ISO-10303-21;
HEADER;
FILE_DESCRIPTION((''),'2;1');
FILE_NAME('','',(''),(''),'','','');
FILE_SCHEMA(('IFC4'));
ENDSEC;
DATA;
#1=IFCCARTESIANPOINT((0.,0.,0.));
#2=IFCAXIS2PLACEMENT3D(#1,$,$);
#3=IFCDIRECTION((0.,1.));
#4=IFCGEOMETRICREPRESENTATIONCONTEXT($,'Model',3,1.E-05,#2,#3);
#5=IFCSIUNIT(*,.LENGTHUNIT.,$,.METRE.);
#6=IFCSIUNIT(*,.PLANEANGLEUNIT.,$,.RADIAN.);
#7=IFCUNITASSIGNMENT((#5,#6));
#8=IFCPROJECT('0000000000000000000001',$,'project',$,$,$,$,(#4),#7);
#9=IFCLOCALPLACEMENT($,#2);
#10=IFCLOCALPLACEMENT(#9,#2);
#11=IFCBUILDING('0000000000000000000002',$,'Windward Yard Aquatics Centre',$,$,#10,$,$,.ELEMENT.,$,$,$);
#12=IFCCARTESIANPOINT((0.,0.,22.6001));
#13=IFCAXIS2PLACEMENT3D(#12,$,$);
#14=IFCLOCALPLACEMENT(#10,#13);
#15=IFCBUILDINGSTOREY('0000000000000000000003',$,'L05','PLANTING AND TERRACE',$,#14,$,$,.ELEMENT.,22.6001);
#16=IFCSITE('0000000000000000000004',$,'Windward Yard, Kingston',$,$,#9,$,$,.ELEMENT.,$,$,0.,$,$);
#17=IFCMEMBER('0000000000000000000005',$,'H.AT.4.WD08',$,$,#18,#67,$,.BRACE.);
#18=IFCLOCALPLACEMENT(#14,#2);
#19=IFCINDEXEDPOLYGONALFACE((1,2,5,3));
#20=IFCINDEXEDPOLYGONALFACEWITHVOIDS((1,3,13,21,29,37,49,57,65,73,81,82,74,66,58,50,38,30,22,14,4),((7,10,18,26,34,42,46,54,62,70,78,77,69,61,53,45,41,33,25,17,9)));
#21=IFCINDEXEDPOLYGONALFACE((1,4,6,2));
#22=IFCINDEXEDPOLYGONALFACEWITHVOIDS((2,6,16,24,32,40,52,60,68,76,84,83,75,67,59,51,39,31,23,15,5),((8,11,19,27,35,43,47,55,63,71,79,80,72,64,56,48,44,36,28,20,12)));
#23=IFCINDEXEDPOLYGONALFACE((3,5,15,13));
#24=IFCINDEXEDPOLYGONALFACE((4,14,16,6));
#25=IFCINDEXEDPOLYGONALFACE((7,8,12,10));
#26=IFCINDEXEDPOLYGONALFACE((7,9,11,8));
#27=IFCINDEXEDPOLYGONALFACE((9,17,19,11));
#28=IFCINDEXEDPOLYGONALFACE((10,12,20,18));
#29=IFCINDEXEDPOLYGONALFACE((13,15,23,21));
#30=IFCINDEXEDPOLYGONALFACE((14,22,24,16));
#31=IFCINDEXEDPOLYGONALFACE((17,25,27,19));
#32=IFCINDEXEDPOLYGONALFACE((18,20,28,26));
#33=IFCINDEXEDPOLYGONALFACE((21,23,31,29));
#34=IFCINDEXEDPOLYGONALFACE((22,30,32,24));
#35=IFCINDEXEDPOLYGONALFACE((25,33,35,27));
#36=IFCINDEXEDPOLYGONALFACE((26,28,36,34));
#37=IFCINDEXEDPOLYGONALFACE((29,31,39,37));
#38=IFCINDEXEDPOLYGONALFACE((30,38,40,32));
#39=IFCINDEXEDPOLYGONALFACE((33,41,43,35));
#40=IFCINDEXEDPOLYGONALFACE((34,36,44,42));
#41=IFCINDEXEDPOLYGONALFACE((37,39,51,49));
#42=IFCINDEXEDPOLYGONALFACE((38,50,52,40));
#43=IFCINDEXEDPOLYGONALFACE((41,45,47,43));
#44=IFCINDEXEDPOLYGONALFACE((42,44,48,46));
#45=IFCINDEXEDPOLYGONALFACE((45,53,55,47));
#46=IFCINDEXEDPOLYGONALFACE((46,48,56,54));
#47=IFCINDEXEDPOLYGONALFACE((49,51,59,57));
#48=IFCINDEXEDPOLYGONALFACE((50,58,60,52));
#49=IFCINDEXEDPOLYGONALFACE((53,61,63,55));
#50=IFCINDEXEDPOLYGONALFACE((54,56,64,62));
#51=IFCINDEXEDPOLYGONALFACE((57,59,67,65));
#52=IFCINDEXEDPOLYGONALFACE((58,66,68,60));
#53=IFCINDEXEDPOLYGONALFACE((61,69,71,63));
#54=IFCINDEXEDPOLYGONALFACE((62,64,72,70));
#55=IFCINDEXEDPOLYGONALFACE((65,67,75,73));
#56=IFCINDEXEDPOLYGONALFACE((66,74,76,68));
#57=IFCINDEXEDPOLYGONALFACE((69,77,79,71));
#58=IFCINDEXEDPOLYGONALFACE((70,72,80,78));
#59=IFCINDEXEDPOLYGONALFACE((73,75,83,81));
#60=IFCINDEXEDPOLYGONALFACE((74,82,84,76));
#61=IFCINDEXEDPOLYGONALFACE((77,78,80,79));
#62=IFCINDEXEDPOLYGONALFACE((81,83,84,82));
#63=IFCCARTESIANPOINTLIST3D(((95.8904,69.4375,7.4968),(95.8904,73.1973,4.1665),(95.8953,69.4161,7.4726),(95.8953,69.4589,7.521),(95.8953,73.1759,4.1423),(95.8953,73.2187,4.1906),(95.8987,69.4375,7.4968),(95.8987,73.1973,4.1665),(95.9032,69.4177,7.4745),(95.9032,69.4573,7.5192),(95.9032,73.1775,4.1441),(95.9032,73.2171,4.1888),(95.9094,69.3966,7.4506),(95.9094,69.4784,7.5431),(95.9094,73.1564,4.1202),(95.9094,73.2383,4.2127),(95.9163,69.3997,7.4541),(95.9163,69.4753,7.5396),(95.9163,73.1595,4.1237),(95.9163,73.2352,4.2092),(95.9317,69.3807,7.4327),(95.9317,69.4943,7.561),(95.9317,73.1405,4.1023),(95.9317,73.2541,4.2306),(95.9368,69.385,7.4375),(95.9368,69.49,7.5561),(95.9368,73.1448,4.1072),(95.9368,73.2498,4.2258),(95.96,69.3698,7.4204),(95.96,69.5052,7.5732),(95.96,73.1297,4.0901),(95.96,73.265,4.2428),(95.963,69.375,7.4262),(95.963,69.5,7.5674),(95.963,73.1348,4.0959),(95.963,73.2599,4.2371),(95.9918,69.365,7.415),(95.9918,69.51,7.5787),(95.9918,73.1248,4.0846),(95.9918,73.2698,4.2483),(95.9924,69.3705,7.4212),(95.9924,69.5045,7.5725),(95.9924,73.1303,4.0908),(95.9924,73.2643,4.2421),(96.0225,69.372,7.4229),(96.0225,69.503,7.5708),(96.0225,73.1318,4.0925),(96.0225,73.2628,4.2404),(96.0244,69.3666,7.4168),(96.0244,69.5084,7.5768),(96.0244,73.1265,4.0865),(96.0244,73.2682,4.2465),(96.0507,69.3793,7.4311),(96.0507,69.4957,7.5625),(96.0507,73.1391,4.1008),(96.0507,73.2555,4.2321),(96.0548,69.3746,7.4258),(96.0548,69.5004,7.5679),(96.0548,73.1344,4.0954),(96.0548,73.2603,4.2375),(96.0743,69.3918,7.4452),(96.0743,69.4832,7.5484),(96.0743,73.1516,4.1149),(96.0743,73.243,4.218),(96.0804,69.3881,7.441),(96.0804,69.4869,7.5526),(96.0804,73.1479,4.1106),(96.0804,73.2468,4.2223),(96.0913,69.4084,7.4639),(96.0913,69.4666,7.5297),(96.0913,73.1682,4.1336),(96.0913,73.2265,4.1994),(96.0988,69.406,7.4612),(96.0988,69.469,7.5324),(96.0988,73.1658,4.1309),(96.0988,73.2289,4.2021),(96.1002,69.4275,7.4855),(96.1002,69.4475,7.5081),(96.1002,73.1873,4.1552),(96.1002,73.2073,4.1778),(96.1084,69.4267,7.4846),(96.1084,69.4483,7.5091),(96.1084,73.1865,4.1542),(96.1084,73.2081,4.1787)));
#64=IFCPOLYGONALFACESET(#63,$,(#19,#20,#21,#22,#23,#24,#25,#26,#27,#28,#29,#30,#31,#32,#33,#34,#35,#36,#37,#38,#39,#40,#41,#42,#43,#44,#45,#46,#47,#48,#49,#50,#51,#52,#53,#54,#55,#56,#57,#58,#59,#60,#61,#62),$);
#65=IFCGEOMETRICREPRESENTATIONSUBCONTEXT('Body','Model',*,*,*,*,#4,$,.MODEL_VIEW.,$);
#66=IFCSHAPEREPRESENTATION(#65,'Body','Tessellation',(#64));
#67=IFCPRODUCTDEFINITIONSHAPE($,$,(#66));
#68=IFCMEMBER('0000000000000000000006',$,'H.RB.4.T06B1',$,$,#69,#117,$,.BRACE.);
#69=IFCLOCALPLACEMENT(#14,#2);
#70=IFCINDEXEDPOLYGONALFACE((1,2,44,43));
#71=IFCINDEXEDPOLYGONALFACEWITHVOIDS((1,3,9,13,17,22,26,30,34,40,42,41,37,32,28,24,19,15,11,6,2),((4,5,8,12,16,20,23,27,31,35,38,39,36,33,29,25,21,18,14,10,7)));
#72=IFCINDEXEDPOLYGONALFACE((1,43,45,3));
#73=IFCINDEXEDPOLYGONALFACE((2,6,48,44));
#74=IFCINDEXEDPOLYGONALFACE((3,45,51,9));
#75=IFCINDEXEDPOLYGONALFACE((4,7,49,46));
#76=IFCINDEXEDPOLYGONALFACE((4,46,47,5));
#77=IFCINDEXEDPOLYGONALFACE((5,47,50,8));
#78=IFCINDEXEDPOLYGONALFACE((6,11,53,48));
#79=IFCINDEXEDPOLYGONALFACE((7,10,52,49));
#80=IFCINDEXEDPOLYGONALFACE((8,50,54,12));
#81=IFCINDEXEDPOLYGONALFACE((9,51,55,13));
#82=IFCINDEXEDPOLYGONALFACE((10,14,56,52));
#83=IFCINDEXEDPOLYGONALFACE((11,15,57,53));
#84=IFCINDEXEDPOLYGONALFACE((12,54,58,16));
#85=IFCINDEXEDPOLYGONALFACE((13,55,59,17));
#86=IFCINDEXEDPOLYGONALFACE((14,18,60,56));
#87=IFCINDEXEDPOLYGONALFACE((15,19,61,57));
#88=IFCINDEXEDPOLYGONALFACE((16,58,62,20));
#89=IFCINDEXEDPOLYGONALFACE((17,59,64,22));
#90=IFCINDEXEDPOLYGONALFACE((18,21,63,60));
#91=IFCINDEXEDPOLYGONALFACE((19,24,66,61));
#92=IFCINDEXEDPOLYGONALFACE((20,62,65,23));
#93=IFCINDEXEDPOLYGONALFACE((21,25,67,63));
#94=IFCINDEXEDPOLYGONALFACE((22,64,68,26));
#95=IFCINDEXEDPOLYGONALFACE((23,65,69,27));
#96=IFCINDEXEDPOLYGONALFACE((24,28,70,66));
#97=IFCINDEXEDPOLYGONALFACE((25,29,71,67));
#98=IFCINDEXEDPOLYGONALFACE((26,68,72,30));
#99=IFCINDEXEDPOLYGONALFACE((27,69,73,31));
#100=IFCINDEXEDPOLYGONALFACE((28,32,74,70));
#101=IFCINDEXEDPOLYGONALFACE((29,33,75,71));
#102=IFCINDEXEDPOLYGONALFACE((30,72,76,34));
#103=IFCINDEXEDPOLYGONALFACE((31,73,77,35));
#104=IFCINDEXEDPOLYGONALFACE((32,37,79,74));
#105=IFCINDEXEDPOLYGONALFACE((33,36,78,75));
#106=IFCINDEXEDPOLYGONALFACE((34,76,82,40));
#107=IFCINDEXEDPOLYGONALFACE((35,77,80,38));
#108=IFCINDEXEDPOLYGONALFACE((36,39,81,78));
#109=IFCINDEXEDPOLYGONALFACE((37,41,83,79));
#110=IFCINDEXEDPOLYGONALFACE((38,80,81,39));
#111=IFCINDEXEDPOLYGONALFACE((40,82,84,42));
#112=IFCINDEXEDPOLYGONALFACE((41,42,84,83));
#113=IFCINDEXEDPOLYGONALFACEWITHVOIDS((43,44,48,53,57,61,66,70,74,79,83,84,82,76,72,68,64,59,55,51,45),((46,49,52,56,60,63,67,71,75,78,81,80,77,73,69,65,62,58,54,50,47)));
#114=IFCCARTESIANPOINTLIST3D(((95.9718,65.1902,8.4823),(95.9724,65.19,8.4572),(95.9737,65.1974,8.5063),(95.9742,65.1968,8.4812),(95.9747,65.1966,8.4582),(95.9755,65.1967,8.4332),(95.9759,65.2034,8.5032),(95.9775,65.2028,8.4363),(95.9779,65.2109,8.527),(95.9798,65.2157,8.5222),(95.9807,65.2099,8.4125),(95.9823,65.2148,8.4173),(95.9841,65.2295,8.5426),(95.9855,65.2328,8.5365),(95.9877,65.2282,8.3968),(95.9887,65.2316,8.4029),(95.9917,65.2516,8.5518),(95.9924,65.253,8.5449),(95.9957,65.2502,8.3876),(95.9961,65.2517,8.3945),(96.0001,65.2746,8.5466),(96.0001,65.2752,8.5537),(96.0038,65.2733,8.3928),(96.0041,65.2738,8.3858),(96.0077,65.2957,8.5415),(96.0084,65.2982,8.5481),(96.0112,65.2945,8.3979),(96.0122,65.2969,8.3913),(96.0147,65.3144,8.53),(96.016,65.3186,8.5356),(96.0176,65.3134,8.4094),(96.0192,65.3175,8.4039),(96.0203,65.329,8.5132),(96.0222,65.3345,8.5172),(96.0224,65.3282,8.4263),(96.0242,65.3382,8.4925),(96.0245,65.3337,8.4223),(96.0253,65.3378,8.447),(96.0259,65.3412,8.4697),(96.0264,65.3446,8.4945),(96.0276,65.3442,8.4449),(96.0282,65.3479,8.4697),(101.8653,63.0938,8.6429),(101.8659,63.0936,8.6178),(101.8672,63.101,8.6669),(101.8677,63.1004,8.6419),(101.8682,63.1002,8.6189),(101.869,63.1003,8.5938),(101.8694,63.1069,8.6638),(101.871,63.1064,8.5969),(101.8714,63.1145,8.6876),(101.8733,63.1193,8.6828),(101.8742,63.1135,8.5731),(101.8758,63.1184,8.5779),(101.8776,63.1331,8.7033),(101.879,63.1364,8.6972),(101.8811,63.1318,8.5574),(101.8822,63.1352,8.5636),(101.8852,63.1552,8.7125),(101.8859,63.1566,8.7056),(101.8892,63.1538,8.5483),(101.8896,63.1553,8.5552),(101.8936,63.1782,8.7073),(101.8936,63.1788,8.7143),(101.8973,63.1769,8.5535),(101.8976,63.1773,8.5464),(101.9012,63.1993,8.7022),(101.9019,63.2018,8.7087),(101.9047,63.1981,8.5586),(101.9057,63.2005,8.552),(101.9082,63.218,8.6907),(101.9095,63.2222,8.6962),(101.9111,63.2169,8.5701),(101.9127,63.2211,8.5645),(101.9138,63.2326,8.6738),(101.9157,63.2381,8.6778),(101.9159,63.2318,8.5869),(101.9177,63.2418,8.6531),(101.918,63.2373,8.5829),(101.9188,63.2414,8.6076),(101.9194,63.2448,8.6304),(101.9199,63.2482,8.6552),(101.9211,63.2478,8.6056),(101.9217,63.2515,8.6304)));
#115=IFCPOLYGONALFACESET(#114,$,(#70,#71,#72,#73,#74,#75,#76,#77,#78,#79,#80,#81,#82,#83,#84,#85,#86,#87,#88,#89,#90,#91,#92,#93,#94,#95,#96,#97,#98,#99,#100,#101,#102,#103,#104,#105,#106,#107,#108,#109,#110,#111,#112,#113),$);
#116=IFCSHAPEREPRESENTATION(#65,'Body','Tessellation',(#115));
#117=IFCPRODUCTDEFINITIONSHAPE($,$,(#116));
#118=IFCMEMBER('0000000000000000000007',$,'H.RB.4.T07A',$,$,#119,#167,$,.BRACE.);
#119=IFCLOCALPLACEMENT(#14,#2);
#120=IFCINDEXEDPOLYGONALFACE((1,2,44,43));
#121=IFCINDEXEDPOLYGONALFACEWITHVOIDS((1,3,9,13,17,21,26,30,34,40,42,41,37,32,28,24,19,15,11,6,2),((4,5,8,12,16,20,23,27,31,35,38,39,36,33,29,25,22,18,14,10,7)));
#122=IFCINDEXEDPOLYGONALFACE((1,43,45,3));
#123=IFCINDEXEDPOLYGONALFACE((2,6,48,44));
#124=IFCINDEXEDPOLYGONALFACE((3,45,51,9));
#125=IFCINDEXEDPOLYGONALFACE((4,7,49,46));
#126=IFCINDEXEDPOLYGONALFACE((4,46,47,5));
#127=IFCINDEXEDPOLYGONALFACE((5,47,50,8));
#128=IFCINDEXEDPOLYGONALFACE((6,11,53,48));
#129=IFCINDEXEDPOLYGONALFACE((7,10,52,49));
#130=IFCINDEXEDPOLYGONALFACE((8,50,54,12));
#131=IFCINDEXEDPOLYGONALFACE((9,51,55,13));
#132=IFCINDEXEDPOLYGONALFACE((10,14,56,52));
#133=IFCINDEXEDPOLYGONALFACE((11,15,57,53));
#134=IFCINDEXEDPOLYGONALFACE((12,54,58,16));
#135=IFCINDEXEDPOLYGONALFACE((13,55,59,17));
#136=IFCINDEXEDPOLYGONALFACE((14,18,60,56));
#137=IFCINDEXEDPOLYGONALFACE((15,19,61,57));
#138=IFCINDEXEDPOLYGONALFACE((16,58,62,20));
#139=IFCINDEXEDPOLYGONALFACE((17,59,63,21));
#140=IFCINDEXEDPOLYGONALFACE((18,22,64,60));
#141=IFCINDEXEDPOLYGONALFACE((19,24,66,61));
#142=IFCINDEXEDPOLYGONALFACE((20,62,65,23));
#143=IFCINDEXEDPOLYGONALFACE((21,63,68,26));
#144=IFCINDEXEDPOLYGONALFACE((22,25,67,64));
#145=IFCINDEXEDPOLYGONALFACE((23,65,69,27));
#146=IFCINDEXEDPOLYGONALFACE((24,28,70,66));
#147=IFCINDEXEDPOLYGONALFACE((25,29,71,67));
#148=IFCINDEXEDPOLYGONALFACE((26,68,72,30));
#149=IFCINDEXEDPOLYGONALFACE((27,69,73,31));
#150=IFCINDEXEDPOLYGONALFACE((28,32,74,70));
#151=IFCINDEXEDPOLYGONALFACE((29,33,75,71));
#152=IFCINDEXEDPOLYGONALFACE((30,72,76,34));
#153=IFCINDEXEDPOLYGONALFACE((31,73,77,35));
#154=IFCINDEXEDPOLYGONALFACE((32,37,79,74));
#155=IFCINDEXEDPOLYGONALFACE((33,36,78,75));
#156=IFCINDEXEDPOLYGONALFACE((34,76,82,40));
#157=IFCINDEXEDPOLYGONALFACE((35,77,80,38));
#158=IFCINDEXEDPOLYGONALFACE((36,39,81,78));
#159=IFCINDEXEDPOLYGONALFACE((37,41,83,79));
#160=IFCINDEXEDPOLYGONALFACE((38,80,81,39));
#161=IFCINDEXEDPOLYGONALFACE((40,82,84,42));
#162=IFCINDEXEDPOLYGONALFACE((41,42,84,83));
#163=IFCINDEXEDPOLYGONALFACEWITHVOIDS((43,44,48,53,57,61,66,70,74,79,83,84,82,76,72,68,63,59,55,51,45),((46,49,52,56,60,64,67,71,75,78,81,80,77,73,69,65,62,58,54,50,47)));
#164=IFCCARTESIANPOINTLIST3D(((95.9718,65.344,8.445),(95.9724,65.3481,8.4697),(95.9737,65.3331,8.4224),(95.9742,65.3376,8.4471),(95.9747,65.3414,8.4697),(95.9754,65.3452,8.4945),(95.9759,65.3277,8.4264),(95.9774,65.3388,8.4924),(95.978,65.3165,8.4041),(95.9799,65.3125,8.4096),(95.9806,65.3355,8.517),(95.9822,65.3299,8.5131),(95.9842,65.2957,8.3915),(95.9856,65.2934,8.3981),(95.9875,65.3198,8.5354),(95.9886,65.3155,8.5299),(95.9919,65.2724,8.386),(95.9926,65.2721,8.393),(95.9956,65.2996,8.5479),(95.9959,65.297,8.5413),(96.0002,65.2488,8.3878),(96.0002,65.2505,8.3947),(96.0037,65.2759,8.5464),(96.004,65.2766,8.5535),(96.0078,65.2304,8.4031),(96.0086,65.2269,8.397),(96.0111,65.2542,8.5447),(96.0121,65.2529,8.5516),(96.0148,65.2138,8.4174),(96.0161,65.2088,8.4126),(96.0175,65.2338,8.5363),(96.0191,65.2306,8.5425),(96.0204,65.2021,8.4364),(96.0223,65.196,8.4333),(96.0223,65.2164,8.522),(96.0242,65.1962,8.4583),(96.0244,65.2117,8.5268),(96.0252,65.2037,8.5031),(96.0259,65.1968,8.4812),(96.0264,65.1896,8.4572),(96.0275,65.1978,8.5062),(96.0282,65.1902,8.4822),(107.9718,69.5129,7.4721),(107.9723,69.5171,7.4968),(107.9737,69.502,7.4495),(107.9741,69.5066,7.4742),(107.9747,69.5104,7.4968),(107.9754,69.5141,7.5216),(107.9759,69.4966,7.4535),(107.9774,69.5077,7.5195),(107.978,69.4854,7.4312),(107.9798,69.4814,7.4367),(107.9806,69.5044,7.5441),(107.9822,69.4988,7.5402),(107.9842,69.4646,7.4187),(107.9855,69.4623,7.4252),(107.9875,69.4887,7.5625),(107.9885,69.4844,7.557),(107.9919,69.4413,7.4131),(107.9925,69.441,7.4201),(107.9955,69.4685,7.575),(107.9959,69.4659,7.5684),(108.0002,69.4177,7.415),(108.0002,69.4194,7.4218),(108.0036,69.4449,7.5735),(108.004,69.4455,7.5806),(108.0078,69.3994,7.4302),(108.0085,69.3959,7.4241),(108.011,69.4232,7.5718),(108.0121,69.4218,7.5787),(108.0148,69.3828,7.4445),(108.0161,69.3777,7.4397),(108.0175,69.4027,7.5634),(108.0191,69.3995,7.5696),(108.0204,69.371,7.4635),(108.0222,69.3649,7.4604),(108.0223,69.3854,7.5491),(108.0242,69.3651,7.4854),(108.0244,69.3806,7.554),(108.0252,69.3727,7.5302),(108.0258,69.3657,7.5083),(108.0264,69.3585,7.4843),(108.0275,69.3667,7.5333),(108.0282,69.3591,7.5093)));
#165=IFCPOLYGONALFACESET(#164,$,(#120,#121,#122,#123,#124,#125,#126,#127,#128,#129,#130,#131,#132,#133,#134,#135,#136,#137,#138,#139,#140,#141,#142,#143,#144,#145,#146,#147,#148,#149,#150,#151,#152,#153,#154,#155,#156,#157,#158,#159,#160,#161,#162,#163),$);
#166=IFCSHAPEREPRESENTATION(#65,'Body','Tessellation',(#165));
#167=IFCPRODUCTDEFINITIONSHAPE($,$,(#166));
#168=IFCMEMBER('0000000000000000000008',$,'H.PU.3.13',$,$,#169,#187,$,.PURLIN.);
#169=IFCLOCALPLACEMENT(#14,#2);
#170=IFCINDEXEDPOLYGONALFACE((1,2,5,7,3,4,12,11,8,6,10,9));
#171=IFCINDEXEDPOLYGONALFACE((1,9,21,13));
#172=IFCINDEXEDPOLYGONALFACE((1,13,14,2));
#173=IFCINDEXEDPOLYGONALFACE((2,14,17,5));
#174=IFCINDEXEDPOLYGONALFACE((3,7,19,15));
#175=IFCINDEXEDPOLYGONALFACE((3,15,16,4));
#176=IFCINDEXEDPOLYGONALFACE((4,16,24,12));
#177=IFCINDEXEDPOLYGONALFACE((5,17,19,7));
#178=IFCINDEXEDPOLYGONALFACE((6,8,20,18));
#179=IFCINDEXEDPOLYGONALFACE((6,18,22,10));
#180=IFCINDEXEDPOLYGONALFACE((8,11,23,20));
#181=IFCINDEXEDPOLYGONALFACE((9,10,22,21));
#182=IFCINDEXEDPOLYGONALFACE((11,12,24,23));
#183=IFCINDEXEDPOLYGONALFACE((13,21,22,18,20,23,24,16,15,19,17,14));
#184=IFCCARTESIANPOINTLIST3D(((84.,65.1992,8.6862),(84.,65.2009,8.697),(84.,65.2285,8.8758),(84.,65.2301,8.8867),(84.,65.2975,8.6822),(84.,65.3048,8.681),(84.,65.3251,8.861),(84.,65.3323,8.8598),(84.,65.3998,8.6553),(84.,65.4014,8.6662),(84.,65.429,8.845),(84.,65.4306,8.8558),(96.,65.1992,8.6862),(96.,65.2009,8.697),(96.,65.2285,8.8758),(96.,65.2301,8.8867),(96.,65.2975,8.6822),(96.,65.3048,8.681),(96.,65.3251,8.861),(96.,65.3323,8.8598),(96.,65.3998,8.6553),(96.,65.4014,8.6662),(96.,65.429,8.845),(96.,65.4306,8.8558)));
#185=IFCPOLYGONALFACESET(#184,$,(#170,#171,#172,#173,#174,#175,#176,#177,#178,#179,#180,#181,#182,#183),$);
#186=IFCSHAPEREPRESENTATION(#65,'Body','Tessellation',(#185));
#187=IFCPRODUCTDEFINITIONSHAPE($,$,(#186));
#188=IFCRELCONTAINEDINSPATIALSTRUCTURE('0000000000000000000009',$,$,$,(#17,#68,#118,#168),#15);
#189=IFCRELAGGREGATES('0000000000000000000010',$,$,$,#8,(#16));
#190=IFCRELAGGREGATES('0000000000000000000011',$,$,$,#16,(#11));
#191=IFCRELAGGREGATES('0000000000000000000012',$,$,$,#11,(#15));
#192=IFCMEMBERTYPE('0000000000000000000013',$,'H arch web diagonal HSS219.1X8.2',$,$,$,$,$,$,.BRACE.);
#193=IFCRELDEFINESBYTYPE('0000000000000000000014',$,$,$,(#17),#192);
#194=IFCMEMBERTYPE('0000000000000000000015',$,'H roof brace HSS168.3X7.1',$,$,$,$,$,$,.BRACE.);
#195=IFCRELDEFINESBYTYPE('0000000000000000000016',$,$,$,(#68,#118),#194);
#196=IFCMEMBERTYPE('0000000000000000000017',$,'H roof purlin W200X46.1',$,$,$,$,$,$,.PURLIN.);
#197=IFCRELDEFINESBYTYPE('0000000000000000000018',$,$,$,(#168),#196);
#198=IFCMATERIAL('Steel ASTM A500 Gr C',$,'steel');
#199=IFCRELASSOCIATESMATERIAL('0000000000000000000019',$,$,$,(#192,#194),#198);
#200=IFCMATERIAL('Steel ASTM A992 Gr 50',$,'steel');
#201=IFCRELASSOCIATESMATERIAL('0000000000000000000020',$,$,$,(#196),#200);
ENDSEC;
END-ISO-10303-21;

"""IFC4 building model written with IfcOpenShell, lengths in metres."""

from ifc_helpers import new_model, si_unit, direction, frame, origin, origin_2d, place, context, subcontext, project, spatial, hollow_circle, i_section, extrude, material, material_profile, profile_set, type_object, element, save


model = new_model("IFC4")

# Units and contexts
model_context = context("Model", 3, precision=1e-05, world=origin(), true_north=direction((0.0, 1.0)))
body_context = subcontext(model_context, "Body", "Model", "MODEL_VIEW")
ifc_project = project(units=[si_unit("LENGTHUNIT", "METRE"), si_unit("PLANEANGLEUNIT", "RADIAN")], contexts=[model_context])

# Site, building, storey
site_placement = place(None, origin())
site = spatial("IfcSite", under=ifc_project, at=site_placement, Name="Windward Yard, Kingston", CompositionType="ELEMENT", RefElevation=0.0)
building_placement = place(site_placement, origin())
building = spatial("IfcBuilding", under=site, at=building_placement, Name="Windward Yard Aquatics Centre", CompositionType="ELEMENT")
storey_placement = place(building_placement, frame((0.0, 0.0, 22.6001)))
storey = spatial("IfcBuildingStorey", under=building, at=storey_placement, Name="L05", Description="PLANTING AND TERRACE", CompositionType="ELEMENT", Elevation=22.6001)

# Members
ifc_material_1 = material(Name="Steel ASTM A500 Gr C", Category="steel")
ifc_material_profile_1 = material_profile(ifc_material_1, hollow_circle(Radius=0.1096, WallThickness=0.0083, at=origin_2d()), Name="HSS219.1X8.2")
ifc_profile_set_1 = profile_set([ifc_material_profile_1], Name="Steel ASTM A500 Gr C")
member_type_1 = type_object("IfcMemberType", Name="H arch web diagonal HSS219.1X8.2", PredefinedType="BRACE", material=ifc_profile_set_1)
member_1_placement = place(storey_placement, frame((96.0, 69.4375, 7.4968), z_axis=(0.0, 0.748564, -0.663062), x_axis=(-1.0, 0.0, 0.0)))
element("IfcMember", 1, at=member_1_placement, inside=storey, type_object=member_type_1, Name="H.AT.4.WD08", PredefinedType="BRACE", context=body_context, shape_type="SweptSolid", body=[
    extrude(hollow_circle(Radius=0.1096, WallThickness=0.0083, at=origin_2d()), origin(), (0.0, 0.0, 1.0), 5.0227),
])
ifc_material_profile_2 = material_profile(ifc_material_1, hollow_circle(Radius=0.0842, WallThickness=0.0071, at=origin_2d()), Name="HSS168.3X7.1")
ifc_profile_set_2 = profile_set([ifc_material_profile_2], Name="Steel ASTM A500 Gr C")
member_type_2 = type_object("IfcMemberType", Name="H roof brace HSS168.3X7.1", PredefinedType="BRACE", material=ifc_profile_set_2)
member_2_placement = place(storey_placement, frame((96.0, 65.2686, 8.4697), z_axis=(0.941856, -0.335034, 0.025673), x_axis=(0.335144, 0.942167, 0.0)))
element("IfcMember", 2, at=member_2_placement, inside=storey, type_object=member_type_2, Name="H.RB.4.T06B1", PredefinedType="BRACE", context=body_context, shape_type="SweptSolid", body=[
    extrude(hollow_circle(Radius=0.0842, WallThickness=0.0071, at=origin_2d()), origin(), (0.0, 0.0, 1.0), 6.2573),
])
member_3_placement = place(storey_placement, frame((96.0, 65.2686, 8.4697), z_axis=(0.94186, 0.327214, -0.076361), x_axis=(-0.328172, 0.944618, 0.0)))
element("IfcMember", 3, at=member_3_placement, inside=storey, type_object=member_type_2, Name="H.RB.4.T07A", PredefinedType="BRACE", context=body_context, shape_type="SweptSolid", body=[
    extrude(hollow_circle(Radius=0.0842, WallThickness=0.0071, at=origin_2d()), origin(), (0.0, 0.0, 1.0), 12.7407),
])
ifc_material_2 = material(Name="Steel ASTM A992 Gr 50", Category="steel")
ifc_material_profile_3 = material_profile(ifc_material_2, i_section(OverallWidth=0.2029, OverallDepth=0.2029, WebThickness=0.0073, FlangeThickness=0.011, at=origin_2d()), Name="W200X46.1")
ifc_profile_set_3 = profile_set([ifc_material_profile_3], Name="Steel ASTM A992 Gr 50")
member_type_3 = type_object("IfcMemberType", Name="H roof purlin W200X46.1", PredefinedType="PURLIN", material=ifc_profile_set_3)
for number, where, z_axis, x_axis, name in (
    (4, (84.0, 65.3149, 8.771), (1.0, 0.0, 0.0), (0.0, 0.98834, -0.152262), "H.PU.3.13"),
):
    element("IfcMember", number, at=place(storey_placement, frame(where, z_axis=z_axis, x_axis=x_axis)), inside=storey, type_object=member_type_3, Name=name, PredefinedType="PURLIN", context=body_context, shape_type="SweptSolid", body=[
        extrude(i_section(OverallWidth=0.2029, OverallDepth=0.2029, WebThickness=0.0073, FlangeThickness=0.011, at=origin_2d()), origin(), (0.0, 0.0, 1.0), 12.0),
    ])

save(model, "model.ifc")
